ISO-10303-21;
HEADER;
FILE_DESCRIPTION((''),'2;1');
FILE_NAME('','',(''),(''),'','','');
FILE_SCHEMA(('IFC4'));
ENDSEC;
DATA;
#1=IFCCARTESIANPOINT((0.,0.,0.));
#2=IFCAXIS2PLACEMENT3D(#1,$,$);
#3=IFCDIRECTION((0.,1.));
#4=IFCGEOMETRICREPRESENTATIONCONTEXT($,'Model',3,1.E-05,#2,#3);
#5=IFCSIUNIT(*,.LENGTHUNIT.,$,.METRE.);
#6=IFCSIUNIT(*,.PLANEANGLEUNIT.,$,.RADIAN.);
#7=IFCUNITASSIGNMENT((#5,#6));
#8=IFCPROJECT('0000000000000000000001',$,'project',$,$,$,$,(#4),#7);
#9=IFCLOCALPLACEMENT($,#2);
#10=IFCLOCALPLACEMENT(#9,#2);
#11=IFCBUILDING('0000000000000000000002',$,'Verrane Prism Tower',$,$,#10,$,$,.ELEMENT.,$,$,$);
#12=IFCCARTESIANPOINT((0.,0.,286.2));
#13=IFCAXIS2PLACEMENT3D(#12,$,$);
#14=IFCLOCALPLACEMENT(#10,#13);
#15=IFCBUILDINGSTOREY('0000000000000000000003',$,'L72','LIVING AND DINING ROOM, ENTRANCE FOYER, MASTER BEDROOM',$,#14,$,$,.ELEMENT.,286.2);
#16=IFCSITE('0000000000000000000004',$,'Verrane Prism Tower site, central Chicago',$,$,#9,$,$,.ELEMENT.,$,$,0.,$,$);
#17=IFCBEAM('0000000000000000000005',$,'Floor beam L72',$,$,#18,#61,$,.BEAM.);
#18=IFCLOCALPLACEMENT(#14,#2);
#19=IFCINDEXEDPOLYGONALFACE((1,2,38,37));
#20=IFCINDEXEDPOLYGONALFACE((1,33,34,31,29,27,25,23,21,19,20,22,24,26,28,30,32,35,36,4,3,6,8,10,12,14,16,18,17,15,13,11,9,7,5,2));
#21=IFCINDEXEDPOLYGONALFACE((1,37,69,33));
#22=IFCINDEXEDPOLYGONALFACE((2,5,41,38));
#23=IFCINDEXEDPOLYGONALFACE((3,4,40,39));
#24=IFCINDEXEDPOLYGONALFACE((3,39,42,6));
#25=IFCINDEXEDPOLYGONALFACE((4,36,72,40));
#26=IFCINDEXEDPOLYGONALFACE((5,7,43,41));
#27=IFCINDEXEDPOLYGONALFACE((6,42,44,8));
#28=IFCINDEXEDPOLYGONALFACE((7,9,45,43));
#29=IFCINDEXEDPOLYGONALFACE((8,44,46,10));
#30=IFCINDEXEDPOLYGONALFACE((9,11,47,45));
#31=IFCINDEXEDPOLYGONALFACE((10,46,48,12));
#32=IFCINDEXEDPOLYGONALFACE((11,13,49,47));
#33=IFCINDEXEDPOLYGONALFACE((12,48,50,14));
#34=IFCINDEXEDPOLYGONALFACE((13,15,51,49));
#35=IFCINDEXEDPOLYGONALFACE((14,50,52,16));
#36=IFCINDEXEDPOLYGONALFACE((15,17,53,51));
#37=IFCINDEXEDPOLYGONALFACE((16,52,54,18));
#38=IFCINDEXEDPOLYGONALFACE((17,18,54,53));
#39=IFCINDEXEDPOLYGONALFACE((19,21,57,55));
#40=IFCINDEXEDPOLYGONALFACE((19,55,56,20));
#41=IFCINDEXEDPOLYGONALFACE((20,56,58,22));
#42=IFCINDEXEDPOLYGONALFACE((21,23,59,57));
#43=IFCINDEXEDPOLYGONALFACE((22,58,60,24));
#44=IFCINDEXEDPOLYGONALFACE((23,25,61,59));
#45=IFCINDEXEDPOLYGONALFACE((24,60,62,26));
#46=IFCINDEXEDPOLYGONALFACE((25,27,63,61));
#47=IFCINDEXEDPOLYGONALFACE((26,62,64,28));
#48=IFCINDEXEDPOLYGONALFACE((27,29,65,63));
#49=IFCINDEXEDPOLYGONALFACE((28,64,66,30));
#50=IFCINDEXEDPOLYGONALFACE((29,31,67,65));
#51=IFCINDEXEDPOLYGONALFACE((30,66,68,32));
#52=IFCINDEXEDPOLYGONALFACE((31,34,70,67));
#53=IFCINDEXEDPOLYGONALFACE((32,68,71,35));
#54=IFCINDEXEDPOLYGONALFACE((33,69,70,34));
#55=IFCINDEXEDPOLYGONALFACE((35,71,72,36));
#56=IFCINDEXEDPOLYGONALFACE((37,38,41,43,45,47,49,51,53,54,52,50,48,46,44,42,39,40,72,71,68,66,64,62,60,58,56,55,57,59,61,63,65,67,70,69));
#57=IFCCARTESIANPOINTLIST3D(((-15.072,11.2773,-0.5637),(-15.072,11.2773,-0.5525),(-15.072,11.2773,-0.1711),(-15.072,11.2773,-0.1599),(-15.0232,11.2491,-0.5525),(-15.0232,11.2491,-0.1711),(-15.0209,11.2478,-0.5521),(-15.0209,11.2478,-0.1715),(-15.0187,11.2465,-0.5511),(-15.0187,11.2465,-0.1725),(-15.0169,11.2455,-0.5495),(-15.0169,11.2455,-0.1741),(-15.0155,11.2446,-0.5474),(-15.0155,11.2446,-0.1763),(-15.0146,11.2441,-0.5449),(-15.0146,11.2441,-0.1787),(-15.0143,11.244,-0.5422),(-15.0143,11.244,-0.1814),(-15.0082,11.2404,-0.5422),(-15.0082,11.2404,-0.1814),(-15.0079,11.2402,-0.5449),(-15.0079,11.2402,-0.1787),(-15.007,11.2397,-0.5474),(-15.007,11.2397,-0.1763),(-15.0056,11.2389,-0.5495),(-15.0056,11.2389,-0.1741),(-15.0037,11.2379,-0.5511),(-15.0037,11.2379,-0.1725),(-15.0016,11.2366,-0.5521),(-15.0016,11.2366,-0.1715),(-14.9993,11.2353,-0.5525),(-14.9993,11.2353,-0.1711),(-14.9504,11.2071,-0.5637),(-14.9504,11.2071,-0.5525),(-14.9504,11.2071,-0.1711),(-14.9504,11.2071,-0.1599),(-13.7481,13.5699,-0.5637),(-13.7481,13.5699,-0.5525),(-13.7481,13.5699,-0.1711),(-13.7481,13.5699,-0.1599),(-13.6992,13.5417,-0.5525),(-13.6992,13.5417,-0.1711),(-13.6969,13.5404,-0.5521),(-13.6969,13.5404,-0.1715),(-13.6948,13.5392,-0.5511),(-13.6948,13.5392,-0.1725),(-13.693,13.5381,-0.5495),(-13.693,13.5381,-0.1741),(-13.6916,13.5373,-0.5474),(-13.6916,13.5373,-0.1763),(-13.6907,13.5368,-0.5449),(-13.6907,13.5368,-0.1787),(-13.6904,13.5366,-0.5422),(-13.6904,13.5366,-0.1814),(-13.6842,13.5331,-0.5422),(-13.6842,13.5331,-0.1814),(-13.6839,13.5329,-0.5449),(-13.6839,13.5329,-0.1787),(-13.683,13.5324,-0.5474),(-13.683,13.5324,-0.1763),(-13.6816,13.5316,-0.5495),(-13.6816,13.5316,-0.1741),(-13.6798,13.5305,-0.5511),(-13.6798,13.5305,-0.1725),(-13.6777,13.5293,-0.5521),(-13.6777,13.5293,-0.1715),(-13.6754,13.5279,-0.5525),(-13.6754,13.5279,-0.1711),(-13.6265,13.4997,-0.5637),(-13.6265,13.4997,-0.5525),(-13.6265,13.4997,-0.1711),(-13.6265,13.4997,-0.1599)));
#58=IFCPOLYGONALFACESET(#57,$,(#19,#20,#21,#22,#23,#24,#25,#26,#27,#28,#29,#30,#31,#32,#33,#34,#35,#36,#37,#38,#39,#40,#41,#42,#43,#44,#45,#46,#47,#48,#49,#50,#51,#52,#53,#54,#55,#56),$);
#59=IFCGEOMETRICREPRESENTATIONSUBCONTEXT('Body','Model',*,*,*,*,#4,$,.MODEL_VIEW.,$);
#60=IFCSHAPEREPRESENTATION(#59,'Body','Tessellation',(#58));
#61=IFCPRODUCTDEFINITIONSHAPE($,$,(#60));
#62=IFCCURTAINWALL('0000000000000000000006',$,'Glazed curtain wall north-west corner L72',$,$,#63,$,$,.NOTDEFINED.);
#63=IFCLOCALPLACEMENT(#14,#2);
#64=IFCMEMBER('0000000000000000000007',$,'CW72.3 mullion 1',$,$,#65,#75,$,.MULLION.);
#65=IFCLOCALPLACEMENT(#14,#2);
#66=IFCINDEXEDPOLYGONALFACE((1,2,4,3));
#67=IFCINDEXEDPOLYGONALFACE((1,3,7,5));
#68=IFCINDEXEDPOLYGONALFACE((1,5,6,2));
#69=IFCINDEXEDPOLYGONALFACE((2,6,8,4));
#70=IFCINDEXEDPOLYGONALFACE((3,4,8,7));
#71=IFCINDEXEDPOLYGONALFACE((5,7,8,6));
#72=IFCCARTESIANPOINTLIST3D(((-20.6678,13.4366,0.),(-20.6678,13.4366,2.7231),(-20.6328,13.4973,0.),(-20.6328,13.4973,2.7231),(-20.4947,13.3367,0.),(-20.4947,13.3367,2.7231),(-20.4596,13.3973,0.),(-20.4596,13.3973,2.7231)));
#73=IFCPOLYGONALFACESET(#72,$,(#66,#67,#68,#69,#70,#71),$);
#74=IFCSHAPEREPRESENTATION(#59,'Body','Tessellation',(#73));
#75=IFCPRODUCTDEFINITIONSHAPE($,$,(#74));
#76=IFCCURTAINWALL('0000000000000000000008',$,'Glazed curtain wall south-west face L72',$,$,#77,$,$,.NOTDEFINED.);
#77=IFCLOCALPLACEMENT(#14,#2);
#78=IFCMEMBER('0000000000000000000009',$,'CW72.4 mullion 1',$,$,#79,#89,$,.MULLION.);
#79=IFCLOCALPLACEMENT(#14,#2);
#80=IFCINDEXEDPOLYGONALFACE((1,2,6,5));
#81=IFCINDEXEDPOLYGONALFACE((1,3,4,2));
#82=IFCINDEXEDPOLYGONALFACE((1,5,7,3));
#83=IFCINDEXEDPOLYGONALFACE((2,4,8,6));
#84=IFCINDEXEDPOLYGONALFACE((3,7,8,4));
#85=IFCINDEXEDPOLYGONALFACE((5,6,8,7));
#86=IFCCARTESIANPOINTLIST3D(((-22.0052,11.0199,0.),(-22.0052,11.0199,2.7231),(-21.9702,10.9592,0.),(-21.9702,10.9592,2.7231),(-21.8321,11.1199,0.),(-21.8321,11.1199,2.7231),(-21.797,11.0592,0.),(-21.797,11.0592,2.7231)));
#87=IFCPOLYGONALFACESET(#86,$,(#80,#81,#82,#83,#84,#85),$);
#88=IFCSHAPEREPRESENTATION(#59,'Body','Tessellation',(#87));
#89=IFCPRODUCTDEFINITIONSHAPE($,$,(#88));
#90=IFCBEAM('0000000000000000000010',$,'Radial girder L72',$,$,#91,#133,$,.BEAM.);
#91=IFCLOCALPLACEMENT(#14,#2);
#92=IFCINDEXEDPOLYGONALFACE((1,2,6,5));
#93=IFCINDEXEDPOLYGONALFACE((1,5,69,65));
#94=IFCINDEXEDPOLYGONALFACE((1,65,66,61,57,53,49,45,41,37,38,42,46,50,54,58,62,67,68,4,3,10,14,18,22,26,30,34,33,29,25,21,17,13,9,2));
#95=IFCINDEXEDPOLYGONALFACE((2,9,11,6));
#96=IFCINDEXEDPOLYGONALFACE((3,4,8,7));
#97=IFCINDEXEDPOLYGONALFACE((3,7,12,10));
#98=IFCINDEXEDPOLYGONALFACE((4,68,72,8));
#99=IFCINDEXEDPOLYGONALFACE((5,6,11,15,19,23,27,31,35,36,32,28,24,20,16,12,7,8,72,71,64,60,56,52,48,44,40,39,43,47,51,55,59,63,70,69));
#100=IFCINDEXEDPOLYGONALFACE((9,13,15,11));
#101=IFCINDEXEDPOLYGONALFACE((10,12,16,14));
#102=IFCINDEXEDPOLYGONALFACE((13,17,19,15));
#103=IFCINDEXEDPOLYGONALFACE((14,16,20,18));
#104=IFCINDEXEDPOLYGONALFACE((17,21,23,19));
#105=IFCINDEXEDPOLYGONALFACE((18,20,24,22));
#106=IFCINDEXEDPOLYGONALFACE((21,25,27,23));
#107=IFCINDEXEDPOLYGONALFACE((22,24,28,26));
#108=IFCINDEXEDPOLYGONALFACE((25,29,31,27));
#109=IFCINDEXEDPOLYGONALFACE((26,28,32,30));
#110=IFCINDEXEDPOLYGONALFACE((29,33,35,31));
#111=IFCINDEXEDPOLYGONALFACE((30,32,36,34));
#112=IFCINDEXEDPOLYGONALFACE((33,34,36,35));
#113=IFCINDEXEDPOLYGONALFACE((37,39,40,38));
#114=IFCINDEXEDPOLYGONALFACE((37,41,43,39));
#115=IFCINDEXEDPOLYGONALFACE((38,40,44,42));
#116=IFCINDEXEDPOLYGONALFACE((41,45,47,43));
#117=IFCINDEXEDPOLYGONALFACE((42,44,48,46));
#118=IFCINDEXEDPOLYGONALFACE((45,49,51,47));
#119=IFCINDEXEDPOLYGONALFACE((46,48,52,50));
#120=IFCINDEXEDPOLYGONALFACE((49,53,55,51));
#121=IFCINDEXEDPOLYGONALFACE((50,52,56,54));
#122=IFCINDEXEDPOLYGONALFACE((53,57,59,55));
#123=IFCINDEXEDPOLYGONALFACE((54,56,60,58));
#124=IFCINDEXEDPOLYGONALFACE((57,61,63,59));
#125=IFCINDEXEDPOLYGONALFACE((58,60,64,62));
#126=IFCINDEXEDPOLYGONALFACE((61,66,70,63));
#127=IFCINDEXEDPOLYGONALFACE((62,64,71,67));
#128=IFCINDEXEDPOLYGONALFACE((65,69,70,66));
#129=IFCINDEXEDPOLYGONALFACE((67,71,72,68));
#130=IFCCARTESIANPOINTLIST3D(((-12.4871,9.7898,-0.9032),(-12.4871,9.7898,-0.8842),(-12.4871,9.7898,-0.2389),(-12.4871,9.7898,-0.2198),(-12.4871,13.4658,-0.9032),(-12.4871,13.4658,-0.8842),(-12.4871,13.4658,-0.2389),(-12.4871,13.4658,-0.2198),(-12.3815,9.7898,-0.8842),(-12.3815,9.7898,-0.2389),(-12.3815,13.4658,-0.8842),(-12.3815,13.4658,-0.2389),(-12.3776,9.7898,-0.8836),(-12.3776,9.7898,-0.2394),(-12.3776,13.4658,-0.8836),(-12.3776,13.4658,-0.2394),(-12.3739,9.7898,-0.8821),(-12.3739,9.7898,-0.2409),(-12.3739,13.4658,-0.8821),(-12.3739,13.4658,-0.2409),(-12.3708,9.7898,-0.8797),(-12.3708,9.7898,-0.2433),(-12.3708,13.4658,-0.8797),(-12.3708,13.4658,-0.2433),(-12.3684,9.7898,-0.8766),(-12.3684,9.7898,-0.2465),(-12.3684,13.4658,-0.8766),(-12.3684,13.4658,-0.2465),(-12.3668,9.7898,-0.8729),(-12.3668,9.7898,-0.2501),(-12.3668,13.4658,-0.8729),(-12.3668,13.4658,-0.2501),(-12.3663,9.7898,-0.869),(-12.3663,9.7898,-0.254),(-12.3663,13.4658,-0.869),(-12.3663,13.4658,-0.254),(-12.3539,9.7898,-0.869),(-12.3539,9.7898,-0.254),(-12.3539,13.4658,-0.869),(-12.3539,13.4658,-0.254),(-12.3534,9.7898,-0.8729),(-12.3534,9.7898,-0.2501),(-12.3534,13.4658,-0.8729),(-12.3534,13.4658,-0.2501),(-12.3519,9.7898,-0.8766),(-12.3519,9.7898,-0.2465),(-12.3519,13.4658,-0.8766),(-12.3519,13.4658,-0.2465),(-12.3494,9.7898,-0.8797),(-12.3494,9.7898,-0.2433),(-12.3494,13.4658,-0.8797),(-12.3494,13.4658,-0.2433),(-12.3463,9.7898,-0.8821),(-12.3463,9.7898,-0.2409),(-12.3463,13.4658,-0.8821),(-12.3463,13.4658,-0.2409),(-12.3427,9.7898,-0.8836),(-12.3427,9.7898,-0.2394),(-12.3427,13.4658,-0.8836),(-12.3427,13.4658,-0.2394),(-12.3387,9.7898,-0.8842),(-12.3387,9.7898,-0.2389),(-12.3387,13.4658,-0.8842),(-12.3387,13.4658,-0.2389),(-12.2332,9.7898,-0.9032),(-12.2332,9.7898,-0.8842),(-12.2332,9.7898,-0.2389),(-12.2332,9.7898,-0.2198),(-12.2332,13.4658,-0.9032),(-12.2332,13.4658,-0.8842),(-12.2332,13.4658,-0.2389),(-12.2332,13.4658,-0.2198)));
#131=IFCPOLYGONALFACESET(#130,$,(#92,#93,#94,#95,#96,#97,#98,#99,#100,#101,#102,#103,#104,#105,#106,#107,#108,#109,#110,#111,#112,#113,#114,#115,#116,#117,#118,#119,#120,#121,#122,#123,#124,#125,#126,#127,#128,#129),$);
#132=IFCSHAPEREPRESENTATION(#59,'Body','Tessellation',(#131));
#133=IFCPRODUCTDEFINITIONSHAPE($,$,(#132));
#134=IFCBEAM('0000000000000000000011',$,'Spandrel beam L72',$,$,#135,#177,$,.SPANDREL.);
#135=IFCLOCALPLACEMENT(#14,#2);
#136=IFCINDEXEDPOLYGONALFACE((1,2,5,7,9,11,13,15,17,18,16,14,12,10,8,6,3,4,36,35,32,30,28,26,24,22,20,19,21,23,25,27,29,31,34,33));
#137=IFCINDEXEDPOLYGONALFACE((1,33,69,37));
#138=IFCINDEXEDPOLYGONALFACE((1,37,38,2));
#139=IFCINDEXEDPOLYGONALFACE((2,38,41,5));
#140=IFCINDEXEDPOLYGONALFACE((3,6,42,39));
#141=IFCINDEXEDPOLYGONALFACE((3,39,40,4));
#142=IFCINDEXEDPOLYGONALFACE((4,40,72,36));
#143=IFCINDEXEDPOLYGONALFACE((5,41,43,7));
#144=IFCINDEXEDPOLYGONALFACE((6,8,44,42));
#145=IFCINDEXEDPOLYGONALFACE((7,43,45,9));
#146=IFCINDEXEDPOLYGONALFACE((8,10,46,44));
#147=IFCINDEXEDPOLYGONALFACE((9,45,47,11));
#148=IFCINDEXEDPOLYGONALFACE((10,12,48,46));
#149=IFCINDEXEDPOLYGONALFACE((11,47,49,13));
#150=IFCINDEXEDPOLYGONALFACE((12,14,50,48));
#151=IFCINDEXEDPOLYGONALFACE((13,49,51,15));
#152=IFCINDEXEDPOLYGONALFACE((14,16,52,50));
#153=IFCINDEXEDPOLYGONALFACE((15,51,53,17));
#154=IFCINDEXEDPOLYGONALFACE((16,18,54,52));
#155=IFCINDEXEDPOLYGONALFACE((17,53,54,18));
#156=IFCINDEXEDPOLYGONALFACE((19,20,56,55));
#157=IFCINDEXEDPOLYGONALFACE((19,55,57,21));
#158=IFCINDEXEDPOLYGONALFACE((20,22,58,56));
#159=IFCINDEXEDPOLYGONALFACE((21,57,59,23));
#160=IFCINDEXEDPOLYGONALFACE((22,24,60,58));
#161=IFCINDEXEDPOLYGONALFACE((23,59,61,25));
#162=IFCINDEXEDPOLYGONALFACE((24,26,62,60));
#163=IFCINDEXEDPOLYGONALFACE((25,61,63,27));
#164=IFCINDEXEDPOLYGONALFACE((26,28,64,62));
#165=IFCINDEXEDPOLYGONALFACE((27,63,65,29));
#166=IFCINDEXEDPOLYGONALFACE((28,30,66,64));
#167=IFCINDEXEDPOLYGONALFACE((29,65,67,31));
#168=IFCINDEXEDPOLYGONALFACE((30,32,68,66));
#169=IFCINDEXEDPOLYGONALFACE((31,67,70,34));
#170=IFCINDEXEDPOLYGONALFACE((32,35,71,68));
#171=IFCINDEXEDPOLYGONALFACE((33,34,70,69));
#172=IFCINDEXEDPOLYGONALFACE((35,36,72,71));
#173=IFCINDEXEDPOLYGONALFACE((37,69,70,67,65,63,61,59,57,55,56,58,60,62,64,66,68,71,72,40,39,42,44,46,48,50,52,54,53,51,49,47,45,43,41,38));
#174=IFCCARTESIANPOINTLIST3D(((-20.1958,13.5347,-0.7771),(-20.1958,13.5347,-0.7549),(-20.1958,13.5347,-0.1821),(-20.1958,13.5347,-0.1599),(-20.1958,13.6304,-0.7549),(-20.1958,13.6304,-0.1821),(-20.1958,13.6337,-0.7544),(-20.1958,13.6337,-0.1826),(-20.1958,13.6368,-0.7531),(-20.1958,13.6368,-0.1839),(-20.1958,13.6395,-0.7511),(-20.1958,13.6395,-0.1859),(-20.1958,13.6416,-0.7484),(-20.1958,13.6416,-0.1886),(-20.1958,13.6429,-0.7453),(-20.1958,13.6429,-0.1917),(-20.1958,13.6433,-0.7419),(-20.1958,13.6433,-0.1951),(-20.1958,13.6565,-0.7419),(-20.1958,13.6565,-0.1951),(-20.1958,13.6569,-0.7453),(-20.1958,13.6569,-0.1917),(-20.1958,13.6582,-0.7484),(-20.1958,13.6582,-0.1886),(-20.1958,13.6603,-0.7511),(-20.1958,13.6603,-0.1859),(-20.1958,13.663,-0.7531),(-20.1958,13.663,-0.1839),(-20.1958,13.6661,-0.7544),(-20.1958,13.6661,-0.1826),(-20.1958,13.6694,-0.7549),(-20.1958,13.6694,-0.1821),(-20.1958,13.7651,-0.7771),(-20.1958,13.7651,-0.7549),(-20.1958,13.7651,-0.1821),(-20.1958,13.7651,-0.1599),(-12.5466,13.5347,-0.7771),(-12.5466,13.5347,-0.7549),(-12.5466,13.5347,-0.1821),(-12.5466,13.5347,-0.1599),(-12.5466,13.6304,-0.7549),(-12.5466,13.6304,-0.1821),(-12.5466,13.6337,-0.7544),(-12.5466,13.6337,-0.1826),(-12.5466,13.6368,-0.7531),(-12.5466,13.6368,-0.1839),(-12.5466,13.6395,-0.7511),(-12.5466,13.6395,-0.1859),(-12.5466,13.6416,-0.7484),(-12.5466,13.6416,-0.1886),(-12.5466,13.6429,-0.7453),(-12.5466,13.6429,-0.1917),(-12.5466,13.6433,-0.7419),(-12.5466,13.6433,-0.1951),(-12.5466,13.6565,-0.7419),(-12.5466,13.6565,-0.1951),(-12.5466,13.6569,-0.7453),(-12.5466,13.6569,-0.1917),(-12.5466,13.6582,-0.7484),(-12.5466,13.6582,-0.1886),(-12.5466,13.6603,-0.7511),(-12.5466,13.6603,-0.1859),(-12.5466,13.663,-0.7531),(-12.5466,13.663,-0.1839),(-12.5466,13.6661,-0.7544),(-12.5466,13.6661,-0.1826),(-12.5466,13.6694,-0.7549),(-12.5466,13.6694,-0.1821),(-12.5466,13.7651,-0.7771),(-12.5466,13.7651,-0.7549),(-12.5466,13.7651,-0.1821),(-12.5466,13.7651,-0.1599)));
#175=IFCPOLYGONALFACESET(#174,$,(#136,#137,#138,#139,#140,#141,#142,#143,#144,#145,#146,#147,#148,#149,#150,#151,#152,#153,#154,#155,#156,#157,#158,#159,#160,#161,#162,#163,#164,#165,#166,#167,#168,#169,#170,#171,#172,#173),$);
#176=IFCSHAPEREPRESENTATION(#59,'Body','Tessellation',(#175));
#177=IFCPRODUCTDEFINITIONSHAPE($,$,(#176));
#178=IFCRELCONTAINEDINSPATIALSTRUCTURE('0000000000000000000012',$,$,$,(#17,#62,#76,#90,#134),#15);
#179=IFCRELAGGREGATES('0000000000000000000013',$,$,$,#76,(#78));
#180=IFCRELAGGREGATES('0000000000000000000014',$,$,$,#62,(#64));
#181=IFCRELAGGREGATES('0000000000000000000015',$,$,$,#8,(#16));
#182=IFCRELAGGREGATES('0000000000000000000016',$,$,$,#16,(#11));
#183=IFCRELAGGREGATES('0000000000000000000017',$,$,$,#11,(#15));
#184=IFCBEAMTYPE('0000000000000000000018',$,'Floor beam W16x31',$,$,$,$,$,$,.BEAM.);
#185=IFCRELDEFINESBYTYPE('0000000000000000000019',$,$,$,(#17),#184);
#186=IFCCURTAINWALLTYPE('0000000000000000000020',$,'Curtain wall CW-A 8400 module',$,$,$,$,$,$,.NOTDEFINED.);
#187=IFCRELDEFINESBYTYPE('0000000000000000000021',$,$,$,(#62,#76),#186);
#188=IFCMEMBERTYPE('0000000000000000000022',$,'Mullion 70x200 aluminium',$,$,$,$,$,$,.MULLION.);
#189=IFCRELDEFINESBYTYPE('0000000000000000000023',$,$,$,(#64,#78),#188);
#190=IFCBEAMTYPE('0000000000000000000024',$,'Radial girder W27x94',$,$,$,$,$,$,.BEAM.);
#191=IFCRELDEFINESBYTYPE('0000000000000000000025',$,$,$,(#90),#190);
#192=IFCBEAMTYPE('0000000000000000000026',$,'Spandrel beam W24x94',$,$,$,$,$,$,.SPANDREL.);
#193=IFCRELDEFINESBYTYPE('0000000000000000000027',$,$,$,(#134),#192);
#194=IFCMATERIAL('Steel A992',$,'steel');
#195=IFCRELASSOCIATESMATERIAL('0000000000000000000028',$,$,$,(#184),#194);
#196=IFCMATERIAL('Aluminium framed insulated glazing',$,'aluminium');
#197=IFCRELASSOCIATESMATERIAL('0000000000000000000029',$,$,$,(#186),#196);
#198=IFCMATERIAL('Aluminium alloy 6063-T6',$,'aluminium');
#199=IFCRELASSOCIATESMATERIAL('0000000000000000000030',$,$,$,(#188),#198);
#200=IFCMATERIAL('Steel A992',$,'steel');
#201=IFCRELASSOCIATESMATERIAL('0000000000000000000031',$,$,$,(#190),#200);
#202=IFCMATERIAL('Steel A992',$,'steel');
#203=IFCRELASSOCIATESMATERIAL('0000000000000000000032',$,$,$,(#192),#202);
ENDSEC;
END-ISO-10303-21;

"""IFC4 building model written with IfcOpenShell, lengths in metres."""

from ifc_helpers import new_model, si_unit, direction, frame, origin, origin_2d, place, context, subcontext, project, spatial, rectangle, i_section, extrude, material, material_profile, profile_set, type_object, element, aggregate, save


model = new_model("IFC4")

# Units and contexts
model_context = context("Model", 3, precision=1e-05, world=origin(), true_north=direction((0.0, 1.0)))
body_context = subcontext(model_context, "Body", "Model", "MODEL_VIEW")
ifc_project = project(units=[si_unit("LENGTHUNIT", "METRE"), si_unit("PLANEANGLEUNIT", "RADIAN")], contexts=[model_context])

# Site, building, storey
site_placement = place(None, origin())
site = spatial("IfcSite", under=ifc_project, at=site_placement, Name="Verrane Prism Tower site, central Chicago", CompositionType="ELEMENT", RefElevation=0.0)
building_placement = place(site_placement, origin())
building = spatial("IfcBuilding", under=site, at=building_placement, Name="Verrane Prism Tower", CompositionType="ELEMENT")
storey_placement = place(building_placement, frame((0.0, 0.0, 286.2)))
storey = spatial("IfcBuildingStorey", under=building, at=storey_placement, Name="L72", Description="LIVING AND DINING ROOM, ENTRANCE FOYER, MASTER BEDROOM", CompositionType="ELEMENT", Elevation=286.2)

# Beam
ifc_material_1 = material(Name="Steel A992", Category="steel")
ifc_material_profile_1 = material_profile(ifc_material_1, i_section(OverallWidth=0.1404, OverallDepth=0.4038, WebThickness=0.0071, FlangeThickness=0.0112, FilletRadius=0.0103, at=origin_2d()), Name="W16x31")
ifc_profile_set_1 = profile_set([ifc_material_profile_1], Name="Steel A992")
beam_type_1 = type_object("IfcBeamType", Name="Floor beam W16x31", PredefinedType="BEAM", material=ifc_profile_set_1)
beam_1_placement = place(storey_placement, frame((-15.0112, 11.2422, -0.3618), z_axis=(0.500076, 0.865981, 0.0), x_axis=(-0.865981, 0.500076, 0.0)))
element("IfcBeam", 1, at=beam_1_placement, inside=storey, type_object=beam_type_1, Name="Floor beam L72", PredefinedType="BEAM", context=body_context, shape_type="SweptSolid", body=[
    extrude(i_section(OverallWidth=0.1404, OverallDepth=0.4038, WebThickness=0.0071, FlangeThickness=0.0112, FilletRadius=0.0103, at=origin_2d()), origin(), (0.0, 0.0, 1.0), 2.6475),
])

# Curtain walls, members
ifc_material_2 = material(Name="Aluminium framed insulated glazing", Category="aluminium")
curtain_wall_type = type_object("IfcCurtainWallType", Name="Curtain wall CW-A 8400 module", PredefinedType="NOTDEFINED", material=ifc_material_2)
curtain_wall_1_placement = place(storey_placement, origin())
curtain_wall_1 = element("IfcCurtainWall", 2, at=curtain_wall_1_placement, inside=storey, type_object=curtain_wall_type, Name="Glazed curtain wall north-west corner L72", PredefinedType="NOTDEFINED")
ifc_material_3 = material(Name="Aluminium alloy 6063-T6", Category="aluminium")
ifc_material_profile_2 = material_profile(ifc_material_3, rectangle(XDim=0.2, YDim=0.0701, at=origin_2d()), Name="Mullion 70x200 aluminium")
ifc_profile_set_2 = profile_set([ifc_material_profile_2], Name="Aluminium alloy 6063-T6")
member_type_1 = type_object("IfcMemberType", Name="Mullion 70x200 aluminium", PredefinedType="MULLION", material=ifc_profile_set_2)
member_1_placement = place(storey_placement, frame((-20.5637, 13.417, 0.0), z_axis=(0.0, 0.0, 1.0), x_axis=(0.866024, -0.500002, 0.0)))
member_1 = element("IfcMember", 3, at=member_1_placement, type_object=member_type_1, Name="CW72.3 mullion 1", PredefinedType="MULLION", context=body_context, shape_type="SweptSolid", body=[
    extrude(rectangle(XDim=0.2, YDim=0.0701, at=origin_2d()), origin(), (0.0, 0.0, 1.0), 2.7231),
])
curtain_wall_2_placement = place(storey_placement, origin())
curtain_wall_2 = element("IfcCurtainWall", 4, at=curtain_wall_2_placement, inside=storey, type_object=curtain_wall_type, Name="Glazed curtain wall south-west face L72", PredefinedType="NOTDEFINED")
member_2_placement = place(storey_placement, frame((-21.9011, 11.0396, 0.0), z_axis=(0.0, 0.0, 1.0), x_axis=(0.866025, 0.500001, 0.0)))
member_2 = element("IfcMember", 5, at=member_2_placement, type_object=member_type_1, Name="CW72.4 mullion 1", PredefinedType="MULLION", context=body_context, shape_type="SweptSolid", body=[
    extrude(rectangle(XDim=0.2, YDim=0.0701, at=origin_2d()), origin(), (0.0, 0.0, 1.0), 2.7231),
])

# Beams
ifc_material_4 = material(Name="Steel A992", Category="steel")
ifc_material_profile_3 = material_profile(ifc_material_4, i_section(OverallWidth=0.2539, OverallDepth=0.6833, WebThickness=0.0125, FlangeThickness=0.019, FilletRadius=0.0151, at=origin_2d()), Name="W27x94")
ifc_profile_set_3 = profile_set([ifc_material_profile_3], Name="Steel A992")
beam_type_2 = type_object("IfcBeamType", Name="Radial girder W27x94", PredefinedType="BEAM", material=ifc_profile_set_3)
beam_2_placement = place(storey_placement, frame((-12.3601, 13.4658, -0.5615), z_axis=(0.0, -1.0, 0.0), x_axis=(1.0, 0.0, 0.0)))
element("IfcBeam", 6, at=beam_2_placement, inside=storey, type_object=beam_type_2, Name="Radial girder L72", PredefinedType="BEAM", context=body_context, shape_type="SweptSolid", body=[
    extrude(i_section(OverallWidth=0.2539, OverallDepth=0.6833, WebThickness=0.0125, FlangeThickness=0.019, FilletRadius=0.0151, at=origin_2d()), origin(), (0.0, 0.0, 1.0), 3.676),
])
ifc_material_5 = material(Name="Steel A992", Category="steel")
ifc_material_profile_4 = material_profile(ifc_material_5, i_section(OverallWidth=0.2305, OverallDepth=0.6172, WebThickness=0.0132, FlangeThickness=0.0222, FilletRadius=0.0129, at=origin_2d()), Name="W24x94")
ifc_profile_set_4 = profile_set([ifc_material_profile_4], Name="Steel A992")
beam_type_3 = type_object("IfcBeamType", Name="Spandrel beam W24x94", PredefinedType="SPANDREL", material=ifc_profile_set_4)
beam_3_placement = place(storey_placement, frame((-12.5466, 13.6499, -0.4685), z_axis=(-1.0, 0.0, 0.0), x_axis=(0.0, -1.0, 0.0)))
element("IfcBeam", 7, at=beam_3_placement, inside=storey, type_object=beam_type_3, Name="Spandrel beam L72", PredefinedType="SPANDREL", context=body_context, shape_type="SweptSolid", body=[
    extrude(i_section(OverallWidth=0.2305, OverallDepth=0.6172, WebThickness=0.0132, FlangeThickness=0.0222, FilletRadius=0.0129, at=origin_2d()), origin(), (0.0, 0.0, 1.0), 7.6492),
])

aggregate(curtain_wall_2, [member_2])

aggregate(curtain_wall_1, [member_1])

save(model, "model.ifc")
